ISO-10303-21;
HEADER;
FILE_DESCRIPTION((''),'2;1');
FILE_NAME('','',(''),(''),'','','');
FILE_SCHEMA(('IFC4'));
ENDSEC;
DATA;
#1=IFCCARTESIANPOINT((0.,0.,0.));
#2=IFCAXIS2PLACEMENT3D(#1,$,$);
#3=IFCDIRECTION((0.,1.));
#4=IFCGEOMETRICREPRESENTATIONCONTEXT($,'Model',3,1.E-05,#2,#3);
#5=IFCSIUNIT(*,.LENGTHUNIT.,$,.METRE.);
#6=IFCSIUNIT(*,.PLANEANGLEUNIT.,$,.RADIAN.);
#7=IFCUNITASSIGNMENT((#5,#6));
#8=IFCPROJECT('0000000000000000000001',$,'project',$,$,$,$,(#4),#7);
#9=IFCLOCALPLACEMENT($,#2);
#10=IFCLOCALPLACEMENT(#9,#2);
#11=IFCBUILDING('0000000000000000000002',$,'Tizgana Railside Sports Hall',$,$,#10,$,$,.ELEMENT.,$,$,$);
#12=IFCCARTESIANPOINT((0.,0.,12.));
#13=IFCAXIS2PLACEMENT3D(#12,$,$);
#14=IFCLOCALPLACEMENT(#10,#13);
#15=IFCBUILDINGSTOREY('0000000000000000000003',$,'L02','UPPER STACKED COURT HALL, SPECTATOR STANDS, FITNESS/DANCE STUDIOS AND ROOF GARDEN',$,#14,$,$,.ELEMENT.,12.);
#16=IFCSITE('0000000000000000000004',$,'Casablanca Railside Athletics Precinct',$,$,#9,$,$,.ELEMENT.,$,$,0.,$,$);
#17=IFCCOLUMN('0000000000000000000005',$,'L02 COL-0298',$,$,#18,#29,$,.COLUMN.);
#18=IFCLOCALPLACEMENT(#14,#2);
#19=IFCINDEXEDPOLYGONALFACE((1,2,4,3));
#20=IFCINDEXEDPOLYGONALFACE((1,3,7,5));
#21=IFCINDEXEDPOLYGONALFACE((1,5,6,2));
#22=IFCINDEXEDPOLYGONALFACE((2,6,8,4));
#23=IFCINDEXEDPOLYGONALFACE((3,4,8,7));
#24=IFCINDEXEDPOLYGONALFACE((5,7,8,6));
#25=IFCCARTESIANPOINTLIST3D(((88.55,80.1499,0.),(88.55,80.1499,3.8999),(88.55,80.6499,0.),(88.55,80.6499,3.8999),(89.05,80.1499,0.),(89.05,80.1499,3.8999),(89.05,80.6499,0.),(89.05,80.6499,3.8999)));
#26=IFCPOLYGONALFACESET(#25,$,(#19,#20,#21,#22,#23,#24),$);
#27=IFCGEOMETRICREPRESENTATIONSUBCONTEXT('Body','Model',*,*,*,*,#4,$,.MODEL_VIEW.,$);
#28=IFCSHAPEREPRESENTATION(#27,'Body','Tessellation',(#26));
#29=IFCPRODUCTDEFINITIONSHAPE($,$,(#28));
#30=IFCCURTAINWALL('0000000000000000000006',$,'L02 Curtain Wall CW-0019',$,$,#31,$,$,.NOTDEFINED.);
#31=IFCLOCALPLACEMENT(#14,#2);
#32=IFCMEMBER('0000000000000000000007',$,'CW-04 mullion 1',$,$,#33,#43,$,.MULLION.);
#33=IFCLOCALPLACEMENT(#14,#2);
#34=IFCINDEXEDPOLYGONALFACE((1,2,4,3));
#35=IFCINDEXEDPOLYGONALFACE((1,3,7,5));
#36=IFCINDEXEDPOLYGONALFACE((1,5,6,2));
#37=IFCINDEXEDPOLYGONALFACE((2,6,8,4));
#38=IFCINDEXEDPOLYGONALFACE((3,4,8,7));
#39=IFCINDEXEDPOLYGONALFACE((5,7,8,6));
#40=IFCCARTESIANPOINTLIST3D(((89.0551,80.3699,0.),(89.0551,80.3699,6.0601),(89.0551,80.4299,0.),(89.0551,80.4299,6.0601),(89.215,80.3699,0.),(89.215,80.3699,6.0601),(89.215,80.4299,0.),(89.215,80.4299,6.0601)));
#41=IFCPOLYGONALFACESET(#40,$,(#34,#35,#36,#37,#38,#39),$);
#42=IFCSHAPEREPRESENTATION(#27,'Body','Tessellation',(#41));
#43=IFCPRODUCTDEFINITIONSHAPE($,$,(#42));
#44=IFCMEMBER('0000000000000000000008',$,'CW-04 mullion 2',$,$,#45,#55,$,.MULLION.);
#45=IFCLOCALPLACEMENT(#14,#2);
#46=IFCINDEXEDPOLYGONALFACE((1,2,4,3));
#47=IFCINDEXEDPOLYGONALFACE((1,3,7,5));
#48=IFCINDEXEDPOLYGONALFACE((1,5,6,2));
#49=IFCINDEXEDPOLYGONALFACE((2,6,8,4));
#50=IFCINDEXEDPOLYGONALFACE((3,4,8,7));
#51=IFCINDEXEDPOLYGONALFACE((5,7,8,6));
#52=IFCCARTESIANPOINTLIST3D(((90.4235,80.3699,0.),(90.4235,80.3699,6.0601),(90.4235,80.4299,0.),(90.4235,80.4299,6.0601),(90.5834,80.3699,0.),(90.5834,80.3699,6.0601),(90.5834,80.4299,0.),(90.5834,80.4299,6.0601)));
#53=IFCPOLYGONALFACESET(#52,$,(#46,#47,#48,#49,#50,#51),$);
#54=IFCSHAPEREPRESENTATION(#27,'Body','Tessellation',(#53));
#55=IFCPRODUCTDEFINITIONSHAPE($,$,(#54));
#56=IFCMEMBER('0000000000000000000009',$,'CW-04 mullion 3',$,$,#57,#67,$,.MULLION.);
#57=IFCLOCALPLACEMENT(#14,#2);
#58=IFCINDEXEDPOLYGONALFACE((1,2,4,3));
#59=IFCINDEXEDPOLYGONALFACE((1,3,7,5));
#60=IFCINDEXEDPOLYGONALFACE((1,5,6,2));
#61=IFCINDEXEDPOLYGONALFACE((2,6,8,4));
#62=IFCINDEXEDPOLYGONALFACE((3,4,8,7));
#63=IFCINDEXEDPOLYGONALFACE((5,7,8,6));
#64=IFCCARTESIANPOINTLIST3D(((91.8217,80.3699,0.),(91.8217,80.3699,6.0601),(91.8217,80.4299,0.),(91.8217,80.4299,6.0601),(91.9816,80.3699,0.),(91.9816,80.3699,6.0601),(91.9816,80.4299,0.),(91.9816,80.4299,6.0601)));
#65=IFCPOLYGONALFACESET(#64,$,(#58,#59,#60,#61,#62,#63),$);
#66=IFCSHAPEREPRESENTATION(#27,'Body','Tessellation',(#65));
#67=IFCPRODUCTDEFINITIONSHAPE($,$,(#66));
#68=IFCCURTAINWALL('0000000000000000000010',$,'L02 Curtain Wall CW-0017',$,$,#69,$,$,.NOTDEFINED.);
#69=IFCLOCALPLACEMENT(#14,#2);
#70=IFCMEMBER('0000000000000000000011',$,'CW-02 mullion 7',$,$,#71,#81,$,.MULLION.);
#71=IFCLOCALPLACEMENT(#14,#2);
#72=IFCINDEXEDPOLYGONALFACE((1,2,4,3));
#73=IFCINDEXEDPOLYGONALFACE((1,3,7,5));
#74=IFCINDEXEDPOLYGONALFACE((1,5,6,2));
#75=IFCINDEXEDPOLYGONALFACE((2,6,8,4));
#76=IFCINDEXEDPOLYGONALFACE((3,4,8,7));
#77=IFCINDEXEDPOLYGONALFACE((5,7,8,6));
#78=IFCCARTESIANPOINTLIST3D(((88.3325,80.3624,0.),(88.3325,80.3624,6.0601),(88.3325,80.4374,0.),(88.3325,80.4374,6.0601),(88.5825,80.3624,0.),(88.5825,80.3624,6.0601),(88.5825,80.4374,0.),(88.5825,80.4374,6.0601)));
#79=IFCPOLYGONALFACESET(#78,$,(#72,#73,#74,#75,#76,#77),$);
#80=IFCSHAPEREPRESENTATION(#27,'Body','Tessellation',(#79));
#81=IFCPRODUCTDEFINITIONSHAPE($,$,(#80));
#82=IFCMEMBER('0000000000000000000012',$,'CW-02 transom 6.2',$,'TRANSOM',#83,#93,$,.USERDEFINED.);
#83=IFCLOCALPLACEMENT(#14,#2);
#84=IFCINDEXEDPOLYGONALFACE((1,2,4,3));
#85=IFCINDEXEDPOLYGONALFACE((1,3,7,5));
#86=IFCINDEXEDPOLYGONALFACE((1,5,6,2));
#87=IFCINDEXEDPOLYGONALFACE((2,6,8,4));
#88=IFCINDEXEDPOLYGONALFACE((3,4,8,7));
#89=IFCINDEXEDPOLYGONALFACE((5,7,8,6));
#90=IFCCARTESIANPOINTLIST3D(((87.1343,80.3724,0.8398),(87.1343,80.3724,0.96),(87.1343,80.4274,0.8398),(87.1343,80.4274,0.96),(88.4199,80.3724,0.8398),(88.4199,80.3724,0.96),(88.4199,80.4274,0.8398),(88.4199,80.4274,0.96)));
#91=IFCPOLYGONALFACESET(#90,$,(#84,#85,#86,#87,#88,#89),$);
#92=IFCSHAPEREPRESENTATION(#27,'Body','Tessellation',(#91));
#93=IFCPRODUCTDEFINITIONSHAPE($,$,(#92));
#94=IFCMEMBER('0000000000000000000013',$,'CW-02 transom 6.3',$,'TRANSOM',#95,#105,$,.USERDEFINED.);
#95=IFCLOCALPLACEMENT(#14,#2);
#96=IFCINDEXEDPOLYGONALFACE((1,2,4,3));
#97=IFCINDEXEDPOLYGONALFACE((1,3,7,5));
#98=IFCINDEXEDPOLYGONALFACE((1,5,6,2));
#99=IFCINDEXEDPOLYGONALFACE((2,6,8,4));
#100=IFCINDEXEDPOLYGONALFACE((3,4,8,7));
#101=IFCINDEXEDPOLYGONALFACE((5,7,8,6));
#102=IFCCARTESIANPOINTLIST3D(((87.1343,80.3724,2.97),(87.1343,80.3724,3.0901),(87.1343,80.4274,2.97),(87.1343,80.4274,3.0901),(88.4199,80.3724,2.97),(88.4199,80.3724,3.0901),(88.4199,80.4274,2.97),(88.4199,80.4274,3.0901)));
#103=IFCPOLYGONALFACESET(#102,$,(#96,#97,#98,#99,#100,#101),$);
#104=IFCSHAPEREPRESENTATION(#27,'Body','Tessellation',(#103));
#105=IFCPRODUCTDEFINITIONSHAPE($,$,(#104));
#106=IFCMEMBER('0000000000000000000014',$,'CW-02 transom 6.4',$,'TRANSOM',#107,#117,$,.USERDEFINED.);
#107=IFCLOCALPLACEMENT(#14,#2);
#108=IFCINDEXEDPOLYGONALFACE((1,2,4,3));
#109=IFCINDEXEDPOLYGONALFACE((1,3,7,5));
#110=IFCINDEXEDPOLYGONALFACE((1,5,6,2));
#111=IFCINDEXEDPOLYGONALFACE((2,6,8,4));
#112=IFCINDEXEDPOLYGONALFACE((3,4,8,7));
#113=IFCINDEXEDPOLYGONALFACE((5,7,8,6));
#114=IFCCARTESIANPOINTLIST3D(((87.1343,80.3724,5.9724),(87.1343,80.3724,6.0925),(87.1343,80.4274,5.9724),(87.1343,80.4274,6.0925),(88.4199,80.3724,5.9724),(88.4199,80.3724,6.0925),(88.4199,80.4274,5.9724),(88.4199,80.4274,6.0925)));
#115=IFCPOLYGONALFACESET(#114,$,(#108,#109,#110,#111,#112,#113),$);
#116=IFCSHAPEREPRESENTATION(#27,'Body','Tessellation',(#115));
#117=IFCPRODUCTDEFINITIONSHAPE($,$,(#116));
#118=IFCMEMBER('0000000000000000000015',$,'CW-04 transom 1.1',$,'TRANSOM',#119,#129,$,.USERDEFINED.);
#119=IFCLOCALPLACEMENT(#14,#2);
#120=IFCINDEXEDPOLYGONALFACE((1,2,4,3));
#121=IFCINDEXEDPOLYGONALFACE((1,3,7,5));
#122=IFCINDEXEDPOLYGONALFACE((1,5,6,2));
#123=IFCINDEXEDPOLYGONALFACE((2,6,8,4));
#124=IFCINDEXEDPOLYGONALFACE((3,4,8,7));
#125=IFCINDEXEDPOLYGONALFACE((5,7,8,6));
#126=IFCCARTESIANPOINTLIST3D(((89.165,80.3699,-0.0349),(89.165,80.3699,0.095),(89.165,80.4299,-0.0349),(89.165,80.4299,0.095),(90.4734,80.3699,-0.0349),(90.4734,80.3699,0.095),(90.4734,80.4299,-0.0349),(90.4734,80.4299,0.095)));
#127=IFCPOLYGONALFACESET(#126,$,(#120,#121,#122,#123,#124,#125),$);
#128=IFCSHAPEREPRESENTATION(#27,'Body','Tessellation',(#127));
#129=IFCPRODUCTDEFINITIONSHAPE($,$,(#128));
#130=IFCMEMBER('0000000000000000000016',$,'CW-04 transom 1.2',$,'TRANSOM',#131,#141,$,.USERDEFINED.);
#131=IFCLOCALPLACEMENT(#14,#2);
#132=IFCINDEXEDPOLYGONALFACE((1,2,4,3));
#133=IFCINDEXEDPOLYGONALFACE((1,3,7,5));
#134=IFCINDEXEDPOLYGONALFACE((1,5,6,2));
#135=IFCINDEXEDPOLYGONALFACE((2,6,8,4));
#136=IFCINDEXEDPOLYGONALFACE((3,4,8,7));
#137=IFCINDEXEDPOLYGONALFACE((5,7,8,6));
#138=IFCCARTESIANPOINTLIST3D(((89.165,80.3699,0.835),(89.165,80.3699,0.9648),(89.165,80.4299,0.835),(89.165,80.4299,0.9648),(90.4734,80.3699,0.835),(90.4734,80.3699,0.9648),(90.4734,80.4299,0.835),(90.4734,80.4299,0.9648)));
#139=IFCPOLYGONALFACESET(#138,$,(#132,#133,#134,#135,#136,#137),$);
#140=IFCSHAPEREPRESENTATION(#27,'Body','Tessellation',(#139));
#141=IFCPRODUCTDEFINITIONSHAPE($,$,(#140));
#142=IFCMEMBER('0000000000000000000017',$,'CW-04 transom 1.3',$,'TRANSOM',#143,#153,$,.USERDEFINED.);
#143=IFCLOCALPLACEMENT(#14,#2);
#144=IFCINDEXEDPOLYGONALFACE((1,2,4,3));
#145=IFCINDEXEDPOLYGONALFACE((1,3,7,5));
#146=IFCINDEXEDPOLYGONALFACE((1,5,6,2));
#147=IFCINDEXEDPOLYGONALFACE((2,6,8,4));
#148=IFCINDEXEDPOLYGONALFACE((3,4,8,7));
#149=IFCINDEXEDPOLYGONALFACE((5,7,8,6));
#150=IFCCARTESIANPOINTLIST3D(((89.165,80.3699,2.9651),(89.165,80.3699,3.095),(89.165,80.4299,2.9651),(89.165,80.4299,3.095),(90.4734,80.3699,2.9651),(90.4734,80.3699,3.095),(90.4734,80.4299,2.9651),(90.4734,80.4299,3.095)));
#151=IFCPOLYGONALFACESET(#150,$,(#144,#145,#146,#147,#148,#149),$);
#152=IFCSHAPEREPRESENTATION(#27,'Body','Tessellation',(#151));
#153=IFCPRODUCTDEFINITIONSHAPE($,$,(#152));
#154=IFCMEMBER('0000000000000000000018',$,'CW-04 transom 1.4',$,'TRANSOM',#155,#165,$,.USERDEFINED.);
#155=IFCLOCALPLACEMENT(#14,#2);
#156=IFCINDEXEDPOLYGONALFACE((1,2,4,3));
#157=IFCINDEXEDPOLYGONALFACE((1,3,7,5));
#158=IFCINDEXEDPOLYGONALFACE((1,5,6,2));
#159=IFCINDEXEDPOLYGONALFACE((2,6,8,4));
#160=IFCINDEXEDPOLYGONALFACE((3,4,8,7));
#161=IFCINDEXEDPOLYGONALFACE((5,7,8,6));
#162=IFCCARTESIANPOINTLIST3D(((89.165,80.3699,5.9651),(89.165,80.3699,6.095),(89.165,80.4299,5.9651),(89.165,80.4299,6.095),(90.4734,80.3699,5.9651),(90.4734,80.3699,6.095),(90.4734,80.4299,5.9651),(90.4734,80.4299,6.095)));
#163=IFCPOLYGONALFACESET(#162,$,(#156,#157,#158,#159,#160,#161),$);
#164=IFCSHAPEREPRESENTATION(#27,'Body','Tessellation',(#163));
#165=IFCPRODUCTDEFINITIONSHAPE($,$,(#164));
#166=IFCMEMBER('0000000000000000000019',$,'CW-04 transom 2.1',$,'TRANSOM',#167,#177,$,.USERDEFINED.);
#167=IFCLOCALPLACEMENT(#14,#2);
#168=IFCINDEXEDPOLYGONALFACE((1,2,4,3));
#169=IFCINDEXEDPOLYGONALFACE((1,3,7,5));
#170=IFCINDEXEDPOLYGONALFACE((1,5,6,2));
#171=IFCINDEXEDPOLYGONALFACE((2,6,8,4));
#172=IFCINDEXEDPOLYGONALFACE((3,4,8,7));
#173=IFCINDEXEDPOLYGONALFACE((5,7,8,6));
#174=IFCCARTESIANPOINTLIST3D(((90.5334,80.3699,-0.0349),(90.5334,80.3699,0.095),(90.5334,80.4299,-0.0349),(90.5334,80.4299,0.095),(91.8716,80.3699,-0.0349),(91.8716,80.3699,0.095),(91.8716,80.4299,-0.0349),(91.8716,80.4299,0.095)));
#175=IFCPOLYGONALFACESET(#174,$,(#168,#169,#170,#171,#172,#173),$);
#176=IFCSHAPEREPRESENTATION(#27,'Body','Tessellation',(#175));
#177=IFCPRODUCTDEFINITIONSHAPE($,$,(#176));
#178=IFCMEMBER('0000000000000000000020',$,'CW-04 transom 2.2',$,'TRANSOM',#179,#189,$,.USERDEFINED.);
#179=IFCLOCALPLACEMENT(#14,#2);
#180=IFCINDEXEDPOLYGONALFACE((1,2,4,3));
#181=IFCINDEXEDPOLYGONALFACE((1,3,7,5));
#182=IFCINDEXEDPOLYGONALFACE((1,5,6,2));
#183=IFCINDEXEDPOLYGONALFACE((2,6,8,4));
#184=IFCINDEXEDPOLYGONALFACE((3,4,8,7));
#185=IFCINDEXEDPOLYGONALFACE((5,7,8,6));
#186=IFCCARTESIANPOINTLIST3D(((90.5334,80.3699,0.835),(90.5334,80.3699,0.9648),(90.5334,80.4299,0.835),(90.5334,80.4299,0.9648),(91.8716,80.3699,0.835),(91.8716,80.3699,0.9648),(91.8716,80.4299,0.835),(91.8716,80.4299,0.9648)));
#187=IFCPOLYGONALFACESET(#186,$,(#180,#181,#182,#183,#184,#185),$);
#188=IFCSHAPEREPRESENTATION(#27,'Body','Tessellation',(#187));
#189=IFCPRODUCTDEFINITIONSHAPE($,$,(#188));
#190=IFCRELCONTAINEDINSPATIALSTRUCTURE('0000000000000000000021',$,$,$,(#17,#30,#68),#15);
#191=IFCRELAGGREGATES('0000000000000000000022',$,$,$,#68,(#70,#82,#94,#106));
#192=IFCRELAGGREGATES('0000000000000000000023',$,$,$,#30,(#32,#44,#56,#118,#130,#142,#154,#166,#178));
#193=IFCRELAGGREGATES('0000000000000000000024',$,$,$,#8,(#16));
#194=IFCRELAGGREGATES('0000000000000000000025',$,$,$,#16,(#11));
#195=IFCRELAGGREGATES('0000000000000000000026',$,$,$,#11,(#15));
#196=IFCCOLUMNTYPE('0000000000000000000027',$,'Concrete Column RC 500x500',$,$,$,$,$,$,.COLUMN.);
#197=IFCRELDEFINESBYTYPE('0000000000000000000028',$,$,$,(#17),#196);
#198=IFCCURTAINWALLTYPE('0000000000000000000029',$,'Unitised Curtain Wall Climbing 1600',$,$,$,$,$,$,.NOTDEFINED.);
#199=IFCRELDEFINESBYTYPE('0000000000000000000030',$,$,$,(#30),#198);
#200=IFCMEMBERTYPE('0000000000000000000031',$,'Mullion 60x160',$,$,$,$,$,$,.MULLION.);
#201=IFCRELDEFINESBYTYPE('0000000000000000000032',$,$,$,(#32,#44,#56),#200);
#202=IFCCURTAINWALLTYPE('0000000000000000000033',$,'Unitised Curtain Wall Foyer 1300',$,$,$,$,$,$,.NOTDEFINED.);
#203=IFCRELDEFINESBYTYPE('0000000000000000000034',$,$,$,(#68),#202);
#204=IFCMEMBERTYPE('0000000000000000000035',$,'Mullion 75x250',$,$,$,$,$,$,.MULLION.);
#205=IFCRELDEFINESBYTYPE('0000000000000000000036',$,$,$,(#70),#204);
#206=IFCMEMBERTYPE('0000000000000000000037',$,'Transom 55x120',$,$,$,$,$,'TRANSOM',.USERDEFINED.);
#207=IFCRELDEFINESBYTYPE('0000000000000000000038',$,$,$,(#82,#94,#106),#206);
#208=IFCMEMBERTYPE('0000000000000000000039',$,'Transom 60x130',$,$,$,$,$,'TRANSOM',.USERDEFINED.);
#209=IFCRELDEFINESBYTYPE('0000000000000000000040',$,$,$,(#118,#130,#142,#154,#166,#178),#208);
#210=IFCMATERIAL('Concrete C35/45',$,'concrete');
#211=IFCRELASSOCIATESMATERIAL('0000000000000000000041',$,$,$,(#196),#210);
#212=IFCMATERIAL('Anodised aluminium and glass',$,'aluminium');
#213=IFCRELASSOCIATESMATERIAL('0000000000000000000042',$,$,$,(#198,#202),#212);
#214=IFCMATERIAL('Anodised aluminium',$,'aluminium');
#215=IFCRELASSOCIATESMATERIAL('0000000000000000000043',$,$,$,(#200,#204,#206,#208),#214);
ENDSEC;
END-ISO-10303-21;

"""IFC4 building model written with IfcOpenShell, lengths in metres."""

from ifc_helpers import new_model, si_unit, direction, frame, origin, origin_2d, place, context, subcontext, project, spatial, rectangle, extrude, material, material_profile, profile_set, type_object, element, aggregate, save


model = new_model("IFC4")

# Units and contexts
model_context = context("Model", 3, precision=1e-05, world=origin(), true_north=direction((0.0, 1.0)))
body_context = subcontext(model_context, "Body", "Model", "MODEL_VIEW")
ifc_project = project(units=[si_unit("LENGTHUNIT", "METRE"), si_unit("PLANEANGLEUNIT", "RADIAN")], contexts=[model_context])

# Site, building, storey
site_placement = place(None, origin())
site = spatial("IfcSite", under=ifc_project, at=site_placement, Name="Casablanca Railside Athletics Precinct", CompositionType="ELEMENT", RefElevation=0.0)
building_placement = place(site_placement, origin())
building = spatial("IfcBuilding", under=site, at=building_placement, Name="Tizgana Railside Sports Hall", CompositionType="ELEMENT")
storey_placement = place(building_placement, frame((0.0, 0.0, 12.0)))
storey = spatial("IfcBuildingStorey", under=building, at=storey_placement, Name="L02", Description="UPPER STACKED COURT HALL, SPECTATOR STANDS, FITNESS/DANCE STUDIOS AND ROOF GARDEN", CompositionType="ELEMENT", Elevation=12.0)

# Column
ifc_material_1 = material(Name="Concrete C35/45", Category="concrete")
ifc_material_profile_1 = material_profile(ifc_material_1, rectangle(XDim=0.5, YDim=0.5, at=origin_2d()), Name="RC 500x500")
ifc_profile_set_1 = profile_set([ifc_material_profile_1], Name="Concrete C35/45")
column_type = type_object("IfcColumnType", Name="Concrete Column RC 500x500", PredefinedType="COLUMN", material=ifc_profile_set_1)
column_placement = place(storey_placement, frame((88.8, 80.3999, 0.0), z_axis=(0.0, 0.0, 1.0), x_axis=(1.0, 0.0, 0.0)))
element("IfcColumn", 1, at=column_placement, inside=storey, type_object=column_type, Name="L02 COL-0298", PredefinedType="COLUMN", context=body_context, shape_type="SweptSolid", body=[
    extrude(rectangle(XDim=0.5, YDim=0.5, at=origin_2d()), origin(), (0.0, 0.0, 1.0), 3.8999),
])

# Curtain walls, members
ifc_material_2 = material(Name="Anodised aluminium and glass", Category="aluminium")
curtain_wall_type_1 = type_object("IfcCurtainWallType", Name="Unitised Curtain Wall Climbing 1600", PredefinedType="NOTDEFINED", material=ifc_material_2)
curtain_wall_1_placement = place(storey_placement, origin())
curtain_wall_1 = element("IfcCurtainWall", 2, at=curtain_wall_1_placement, inside=storey, type_object=curtain_wall_type_1, Name="L02 Curtain Wall CW-0019", PredefinedType="NOTDEFINED")
ifc_material_3 = material(Name="Anodised aluminium", Category="aluminium")
ifc_material_profile_2 = material_profile(ifc_material_3, rectangle(XDim=0.0601, YDim=0.1599, at=origin_2d()), Name="Mullion 60x160")
ifc_profile_set_2 = profile_set([ifc_material_profile_2], Name="Anodised aluminium")
member_type_1 = type_object("IfcMemberType", Name="Mullion 60x160", PredefinedType="MULLION", material=ifc_profile_set_2)
member_1_placement = place(storey_placement, frame((89.135, 80.3999, 0.0), z_axis=(0.0, 0.0, 1.0), x_axis=(0.0, 1.0, 0.0)))
member_1 = element("IfcMember", 3, at=member_1_placement, type_object=member_type_1, Name="CW-04 mullion 1", PredefinedType="MULLION", context=body_context, shape_type="SweptSolid", body=[
    extrude(rectangle(XDim=0.0601, YDim=0.1599, at=origin_2d()), origin(), (0.0, 0.0, 1.0), 6.0601),
])
member_2_placement = place(storey_placement, frame((90.5034, 80.3999, 0.0), z_axis=(0.0, 0.0, 1.0), x_axis=(0.0, 1.0, 0.0)))
member_2 = element("IfcMember", 4, at=member_2_placement, type_object=member_type_1, Name="CW-04 mullion 2", PredefinedType="MULLION", context=body_context, shape_type="SweptSolid", body=[
    extrude(rectangle(XDim=0.0601, YDim=0.1599, at=origin_2d()), origin(), (0.0, 0.0, 1.0), 6.0601),
])
member_3_placement = place(storey_placement, frame((91.9016, 80.3999, 0.0), z_axis=(0.0, 0.0, 1.0), x_axis=(0.0, 1.0, 0.0)))
member_3 = element("IfcMember", 5, at=member_3_placement, type_object=member_type_1, Name="CW-04 mullion 3", PredefinedType="MULLION", context=body_context, shape_type="SweptSolid", body=[
    extrude(rectangle(XDim=0.0601, YDim=0.1599, at=origin_2d()), origin(), (0.0, 0.0, 1.0), 6.0601),
])
curtain_wall_type_2 = type_object("IfcCurtainWallType", Name="Unitised Curtain Wall Foyer 1300", PredefinedType="NOTDEFINED", material=ifc_material_2)
curtain_wall_2_placement = place(storey_placement, origin())
curtain_wall_2 = element("IfcCurtainWall", 6, at=curtain_wall_2_placement, inside=storey, type_object=curtain_wall_type_2, Name="L02 Curtain Wall CW-0017", PredefinedType="NOTDEFINED")
ifc_material_profile_3 = material_profile(ifc_material_3, rectangle(XDim=0.075, YDim=0.25, at=origin_2d()), Name="Mullion 75x250")
ifc_profile_set_3 = profile_set([ifc_material_profile_3], Name="Anodised aluminium")
member_type_2 = type_object("IfcMemberType", Name="Mullion 75x250", PredefinedType="MULLION", material=ifc_profile_set_3)
member_4_placement = place(storey_placement, frame((88.4575, 80.3999, 0.0), z_axis=(0.0, 0.0, 1.0), x_axis=(0.0, 1.0, 0.0)))
member_4 = element("IfcMember", 7, at=member_4_placement, type_object=member_type_2, Name="CW-02 mullion 7", PredefinedType="MULLION", context=body_context, shape_type="SweptSolid", body=[
    extrude(rectangle(XDim=0.075, YDim=0.25, at=origin_2d()), origin(), (0.0, 0.0, 1.0), 6.0601),
])
ifc_material_profile_4 = material_profile(ifc_material_3, rectangle(XDim=0.0549, YDim=0.1201, at=origin_2d()), Name="Transom 55x120")
ifc_profile_set_4 = profile_set([ifc_material_profile_4], Name="Anodised aluminium")
member_type_3 = type_object("IfcMemberType", Name="Transom 55x120", ElementType="TRANSOM", PredefinedType="USERDEFINED", material=ifc_profile_set_4)
member_5_placement = place(storey_placement, frame((87.1343, 80.3999, 0.8999), z_axis=(1.0, 0.0, 0.0), x_axis=(0.0, 1.0, 0.0)))
member_5 = element("IfcMember", 8, at=member_5_placement, type_object=member_type_3, Name="CW-02 transom 6.2", ObjectType="TRANSOM", PredefinedType="USERDEFINED", context=body_context, shape_type="SweptSolid", body=[
    extrude(rectangle(XDim=0.0549, YDim=0.1201, at=origin_2d()), origin(), (0.0, 0.0, 1.0), 1.2856),
])
member_6_placement = place(storey_placement, frame((87.1343, 80.3999, 3.03), z_axis=(1.0, 0.0, 0.0), x_axis=(0.0, 1.0, 0.0)))
member_6 = element("IfcMember", 9, at=member_6_placement, type_object=member_type_3, Name="CW-02 transom 6.3", ObjectType="TRANSOM", PredefinedType="USERDEFINED", context=body_context, shape_type="SweptSolid", body=[
    extrude(rectangle(XDim=0.0549, YDim=0.1201, at=origin_2d()), origin(), (0.0, 0.0, 1.0), 1.2856),
])
member_7_placement = place(storey_placement, frame((87.1343, 80.3999, 6.0325), z_axis=(1.0, 0.0, 0.0), x_axis=(0.0, 1.0, 0.0)))
member_7 = element("IfcMember", 10, at=member_7_placement, type_object=member_type_3, Name="CW-02 transom 6.4", ObjectType="TRANSOM", PredefinedType="USERDEFINED", context=body_context, shape_type="SweptSolid", body=[
    extrude(rectangle(XDim=0.0549, YDim=0.1201, at=origin_2d()), origin(), (0.0, 0.0, 1.0), 1.2856),
])

# Members
ifc_material_profile_5 = material_profile(ifc_material_3, rectangle(XDim=0.0601, YDim=0.1299, at=origin_2d()), Name="Transom 60x130")
ifc_profile_set_5 = profile_set([ifc_material_profile_5], Name="Anodised aluminium")
member_type_4 = type_object("IfcMemberType", Name="Transom 60x130", ElementType="TRANSOM", PredefinedType="USERDEFINED", material=ifc_profile_set_5)
member_8_placement = place(storey_placement, frame((89.165, 80.3999, 0.03), z_axis=(1.0, 0.0, 0.0), x_axis=(0.0, 1.0, 0.0)))
member_8 = element("IfcMember", 11, at=member_8_placement, type_object=member_type_4, Name="CW-04 transom 1.1", ObjectType="TRANSOM", PredefinedType="USERDEFINED", context=body_context, shape_type="SweptSolid", body=[
    extrude(rectangle(XDim=0.0601, YDim=0.1299, at=origin_2d()), origin(), (0.0, 0.0, 1.0), 1.3083),
])
member_9_placement = place(storey_placement, frame((89.165, 80.3999, 0.8999), z_axis=(1.0, 0.0, 0.0), x_axis=(0.0, 1.0, 0.0)))
member_9 = element("IfcMember", 12, at=member_9_placement, type_object=member_type_4, Name="CW-04 transom 1.2", ObjectType="TRANSOM", PredefinedType="USERDEFINED", context=body_context, shape_type="SweptSolid", body=[
    extrude(rectangle(XDim=0.0601, YDim=0.1299, at=origin_2d()), origin(), (0.0, 0.0, 1.0), 1.3083),
])
member_10_placement = place(storey_placement, frame((89.165, 80.3999, 3.03), z_axis=(1.0, 0.0, 0.0), x_axis=(0.0, 1.0, 0.0)))
member_10 = element("IfcMember", 13, at=member_10_placement, type_object=member_type_4, Name="CW-04 transom 1.3", ObjectType="TRANSOM", PredefinedType="USERDEFINED", context=body_context, shape_type="SweptSolid", body=[
    extrude(rectangle(XDim=0.0601, YDim=0.1299, at=origin_2d()), origin(), (0.0, 0.0, 1.0), 1.3083),
])
member_11_placement = place(storey_placement, frame((89.165, 80.3999, 6.03), z_axis=(1.0, 0.0, 0.0), x_axis=(0.0, 1.0, 0.0)))
member_11 = element("IfcMember", 14, at=member_11_placement, type_object=member_type_4, Name="CW-04 transom 1.4", ObjectType="TRANSOM", PredefinedType="USERDEFINED", context=body_context, shape_type="SweptSolid", body=[
    extrude(rectangle(XDim=0.0601, YDim=0.1299, at=origin_2d()), origin(), (0.0, 0.0, 1.0), 1.3083),
])
member_12_placement = place(storey_placement, frame((90.5334, 80.3999, 0.03), z_axis=(1.0, 0.0, 0.0), x_axis=(0.0, 1.0, 0.0)))
member_12 = element("IfcMember", 15, at=member_12_placement, type_object=member_type_4, Name="CW-04 transom 2.1", ObjectType="TRANSOM", PredefinedType="USERDEFINED", context=body_context, shape_type="SweptSolid", body=[
    extrude(rectangle(XDim=0.0601, YDim=0.1299, at=origin_2d()), origin(), (0.0, 0.0, 1.0), 1.3381),
])
member_13_placement = place(storey_placement, frame((90.5334, 80.3999, 0.8999), z_axis=(1.0, 0.0, 0.0), x_axis=(0.0, 1.0, 0.0)))
member_13 = element("IfcMember", 16, at=member_13_placement, type_object=member_type_4, Name="CW-04 transom 2.2", ObjectType="TRANSOM", PredefinedType="USERDEFINED", context=body_context, shape_type="SweptSolid", body=[
    extrude(rectangle(XDim=0.0601, YDim=0.1299, at=origin_2d()), origin(), (0.0, 0.0, 1.0), 1.3381),
])

aggregate(curtain_wall_2, [member_4, member_5, member_6, member_7])
aggregate(curtain_wall_1, [member_1, member_2, member_3, member_8, member_9, member_10, member_11, member_12, member_13])

save(model, "model.ifc")
